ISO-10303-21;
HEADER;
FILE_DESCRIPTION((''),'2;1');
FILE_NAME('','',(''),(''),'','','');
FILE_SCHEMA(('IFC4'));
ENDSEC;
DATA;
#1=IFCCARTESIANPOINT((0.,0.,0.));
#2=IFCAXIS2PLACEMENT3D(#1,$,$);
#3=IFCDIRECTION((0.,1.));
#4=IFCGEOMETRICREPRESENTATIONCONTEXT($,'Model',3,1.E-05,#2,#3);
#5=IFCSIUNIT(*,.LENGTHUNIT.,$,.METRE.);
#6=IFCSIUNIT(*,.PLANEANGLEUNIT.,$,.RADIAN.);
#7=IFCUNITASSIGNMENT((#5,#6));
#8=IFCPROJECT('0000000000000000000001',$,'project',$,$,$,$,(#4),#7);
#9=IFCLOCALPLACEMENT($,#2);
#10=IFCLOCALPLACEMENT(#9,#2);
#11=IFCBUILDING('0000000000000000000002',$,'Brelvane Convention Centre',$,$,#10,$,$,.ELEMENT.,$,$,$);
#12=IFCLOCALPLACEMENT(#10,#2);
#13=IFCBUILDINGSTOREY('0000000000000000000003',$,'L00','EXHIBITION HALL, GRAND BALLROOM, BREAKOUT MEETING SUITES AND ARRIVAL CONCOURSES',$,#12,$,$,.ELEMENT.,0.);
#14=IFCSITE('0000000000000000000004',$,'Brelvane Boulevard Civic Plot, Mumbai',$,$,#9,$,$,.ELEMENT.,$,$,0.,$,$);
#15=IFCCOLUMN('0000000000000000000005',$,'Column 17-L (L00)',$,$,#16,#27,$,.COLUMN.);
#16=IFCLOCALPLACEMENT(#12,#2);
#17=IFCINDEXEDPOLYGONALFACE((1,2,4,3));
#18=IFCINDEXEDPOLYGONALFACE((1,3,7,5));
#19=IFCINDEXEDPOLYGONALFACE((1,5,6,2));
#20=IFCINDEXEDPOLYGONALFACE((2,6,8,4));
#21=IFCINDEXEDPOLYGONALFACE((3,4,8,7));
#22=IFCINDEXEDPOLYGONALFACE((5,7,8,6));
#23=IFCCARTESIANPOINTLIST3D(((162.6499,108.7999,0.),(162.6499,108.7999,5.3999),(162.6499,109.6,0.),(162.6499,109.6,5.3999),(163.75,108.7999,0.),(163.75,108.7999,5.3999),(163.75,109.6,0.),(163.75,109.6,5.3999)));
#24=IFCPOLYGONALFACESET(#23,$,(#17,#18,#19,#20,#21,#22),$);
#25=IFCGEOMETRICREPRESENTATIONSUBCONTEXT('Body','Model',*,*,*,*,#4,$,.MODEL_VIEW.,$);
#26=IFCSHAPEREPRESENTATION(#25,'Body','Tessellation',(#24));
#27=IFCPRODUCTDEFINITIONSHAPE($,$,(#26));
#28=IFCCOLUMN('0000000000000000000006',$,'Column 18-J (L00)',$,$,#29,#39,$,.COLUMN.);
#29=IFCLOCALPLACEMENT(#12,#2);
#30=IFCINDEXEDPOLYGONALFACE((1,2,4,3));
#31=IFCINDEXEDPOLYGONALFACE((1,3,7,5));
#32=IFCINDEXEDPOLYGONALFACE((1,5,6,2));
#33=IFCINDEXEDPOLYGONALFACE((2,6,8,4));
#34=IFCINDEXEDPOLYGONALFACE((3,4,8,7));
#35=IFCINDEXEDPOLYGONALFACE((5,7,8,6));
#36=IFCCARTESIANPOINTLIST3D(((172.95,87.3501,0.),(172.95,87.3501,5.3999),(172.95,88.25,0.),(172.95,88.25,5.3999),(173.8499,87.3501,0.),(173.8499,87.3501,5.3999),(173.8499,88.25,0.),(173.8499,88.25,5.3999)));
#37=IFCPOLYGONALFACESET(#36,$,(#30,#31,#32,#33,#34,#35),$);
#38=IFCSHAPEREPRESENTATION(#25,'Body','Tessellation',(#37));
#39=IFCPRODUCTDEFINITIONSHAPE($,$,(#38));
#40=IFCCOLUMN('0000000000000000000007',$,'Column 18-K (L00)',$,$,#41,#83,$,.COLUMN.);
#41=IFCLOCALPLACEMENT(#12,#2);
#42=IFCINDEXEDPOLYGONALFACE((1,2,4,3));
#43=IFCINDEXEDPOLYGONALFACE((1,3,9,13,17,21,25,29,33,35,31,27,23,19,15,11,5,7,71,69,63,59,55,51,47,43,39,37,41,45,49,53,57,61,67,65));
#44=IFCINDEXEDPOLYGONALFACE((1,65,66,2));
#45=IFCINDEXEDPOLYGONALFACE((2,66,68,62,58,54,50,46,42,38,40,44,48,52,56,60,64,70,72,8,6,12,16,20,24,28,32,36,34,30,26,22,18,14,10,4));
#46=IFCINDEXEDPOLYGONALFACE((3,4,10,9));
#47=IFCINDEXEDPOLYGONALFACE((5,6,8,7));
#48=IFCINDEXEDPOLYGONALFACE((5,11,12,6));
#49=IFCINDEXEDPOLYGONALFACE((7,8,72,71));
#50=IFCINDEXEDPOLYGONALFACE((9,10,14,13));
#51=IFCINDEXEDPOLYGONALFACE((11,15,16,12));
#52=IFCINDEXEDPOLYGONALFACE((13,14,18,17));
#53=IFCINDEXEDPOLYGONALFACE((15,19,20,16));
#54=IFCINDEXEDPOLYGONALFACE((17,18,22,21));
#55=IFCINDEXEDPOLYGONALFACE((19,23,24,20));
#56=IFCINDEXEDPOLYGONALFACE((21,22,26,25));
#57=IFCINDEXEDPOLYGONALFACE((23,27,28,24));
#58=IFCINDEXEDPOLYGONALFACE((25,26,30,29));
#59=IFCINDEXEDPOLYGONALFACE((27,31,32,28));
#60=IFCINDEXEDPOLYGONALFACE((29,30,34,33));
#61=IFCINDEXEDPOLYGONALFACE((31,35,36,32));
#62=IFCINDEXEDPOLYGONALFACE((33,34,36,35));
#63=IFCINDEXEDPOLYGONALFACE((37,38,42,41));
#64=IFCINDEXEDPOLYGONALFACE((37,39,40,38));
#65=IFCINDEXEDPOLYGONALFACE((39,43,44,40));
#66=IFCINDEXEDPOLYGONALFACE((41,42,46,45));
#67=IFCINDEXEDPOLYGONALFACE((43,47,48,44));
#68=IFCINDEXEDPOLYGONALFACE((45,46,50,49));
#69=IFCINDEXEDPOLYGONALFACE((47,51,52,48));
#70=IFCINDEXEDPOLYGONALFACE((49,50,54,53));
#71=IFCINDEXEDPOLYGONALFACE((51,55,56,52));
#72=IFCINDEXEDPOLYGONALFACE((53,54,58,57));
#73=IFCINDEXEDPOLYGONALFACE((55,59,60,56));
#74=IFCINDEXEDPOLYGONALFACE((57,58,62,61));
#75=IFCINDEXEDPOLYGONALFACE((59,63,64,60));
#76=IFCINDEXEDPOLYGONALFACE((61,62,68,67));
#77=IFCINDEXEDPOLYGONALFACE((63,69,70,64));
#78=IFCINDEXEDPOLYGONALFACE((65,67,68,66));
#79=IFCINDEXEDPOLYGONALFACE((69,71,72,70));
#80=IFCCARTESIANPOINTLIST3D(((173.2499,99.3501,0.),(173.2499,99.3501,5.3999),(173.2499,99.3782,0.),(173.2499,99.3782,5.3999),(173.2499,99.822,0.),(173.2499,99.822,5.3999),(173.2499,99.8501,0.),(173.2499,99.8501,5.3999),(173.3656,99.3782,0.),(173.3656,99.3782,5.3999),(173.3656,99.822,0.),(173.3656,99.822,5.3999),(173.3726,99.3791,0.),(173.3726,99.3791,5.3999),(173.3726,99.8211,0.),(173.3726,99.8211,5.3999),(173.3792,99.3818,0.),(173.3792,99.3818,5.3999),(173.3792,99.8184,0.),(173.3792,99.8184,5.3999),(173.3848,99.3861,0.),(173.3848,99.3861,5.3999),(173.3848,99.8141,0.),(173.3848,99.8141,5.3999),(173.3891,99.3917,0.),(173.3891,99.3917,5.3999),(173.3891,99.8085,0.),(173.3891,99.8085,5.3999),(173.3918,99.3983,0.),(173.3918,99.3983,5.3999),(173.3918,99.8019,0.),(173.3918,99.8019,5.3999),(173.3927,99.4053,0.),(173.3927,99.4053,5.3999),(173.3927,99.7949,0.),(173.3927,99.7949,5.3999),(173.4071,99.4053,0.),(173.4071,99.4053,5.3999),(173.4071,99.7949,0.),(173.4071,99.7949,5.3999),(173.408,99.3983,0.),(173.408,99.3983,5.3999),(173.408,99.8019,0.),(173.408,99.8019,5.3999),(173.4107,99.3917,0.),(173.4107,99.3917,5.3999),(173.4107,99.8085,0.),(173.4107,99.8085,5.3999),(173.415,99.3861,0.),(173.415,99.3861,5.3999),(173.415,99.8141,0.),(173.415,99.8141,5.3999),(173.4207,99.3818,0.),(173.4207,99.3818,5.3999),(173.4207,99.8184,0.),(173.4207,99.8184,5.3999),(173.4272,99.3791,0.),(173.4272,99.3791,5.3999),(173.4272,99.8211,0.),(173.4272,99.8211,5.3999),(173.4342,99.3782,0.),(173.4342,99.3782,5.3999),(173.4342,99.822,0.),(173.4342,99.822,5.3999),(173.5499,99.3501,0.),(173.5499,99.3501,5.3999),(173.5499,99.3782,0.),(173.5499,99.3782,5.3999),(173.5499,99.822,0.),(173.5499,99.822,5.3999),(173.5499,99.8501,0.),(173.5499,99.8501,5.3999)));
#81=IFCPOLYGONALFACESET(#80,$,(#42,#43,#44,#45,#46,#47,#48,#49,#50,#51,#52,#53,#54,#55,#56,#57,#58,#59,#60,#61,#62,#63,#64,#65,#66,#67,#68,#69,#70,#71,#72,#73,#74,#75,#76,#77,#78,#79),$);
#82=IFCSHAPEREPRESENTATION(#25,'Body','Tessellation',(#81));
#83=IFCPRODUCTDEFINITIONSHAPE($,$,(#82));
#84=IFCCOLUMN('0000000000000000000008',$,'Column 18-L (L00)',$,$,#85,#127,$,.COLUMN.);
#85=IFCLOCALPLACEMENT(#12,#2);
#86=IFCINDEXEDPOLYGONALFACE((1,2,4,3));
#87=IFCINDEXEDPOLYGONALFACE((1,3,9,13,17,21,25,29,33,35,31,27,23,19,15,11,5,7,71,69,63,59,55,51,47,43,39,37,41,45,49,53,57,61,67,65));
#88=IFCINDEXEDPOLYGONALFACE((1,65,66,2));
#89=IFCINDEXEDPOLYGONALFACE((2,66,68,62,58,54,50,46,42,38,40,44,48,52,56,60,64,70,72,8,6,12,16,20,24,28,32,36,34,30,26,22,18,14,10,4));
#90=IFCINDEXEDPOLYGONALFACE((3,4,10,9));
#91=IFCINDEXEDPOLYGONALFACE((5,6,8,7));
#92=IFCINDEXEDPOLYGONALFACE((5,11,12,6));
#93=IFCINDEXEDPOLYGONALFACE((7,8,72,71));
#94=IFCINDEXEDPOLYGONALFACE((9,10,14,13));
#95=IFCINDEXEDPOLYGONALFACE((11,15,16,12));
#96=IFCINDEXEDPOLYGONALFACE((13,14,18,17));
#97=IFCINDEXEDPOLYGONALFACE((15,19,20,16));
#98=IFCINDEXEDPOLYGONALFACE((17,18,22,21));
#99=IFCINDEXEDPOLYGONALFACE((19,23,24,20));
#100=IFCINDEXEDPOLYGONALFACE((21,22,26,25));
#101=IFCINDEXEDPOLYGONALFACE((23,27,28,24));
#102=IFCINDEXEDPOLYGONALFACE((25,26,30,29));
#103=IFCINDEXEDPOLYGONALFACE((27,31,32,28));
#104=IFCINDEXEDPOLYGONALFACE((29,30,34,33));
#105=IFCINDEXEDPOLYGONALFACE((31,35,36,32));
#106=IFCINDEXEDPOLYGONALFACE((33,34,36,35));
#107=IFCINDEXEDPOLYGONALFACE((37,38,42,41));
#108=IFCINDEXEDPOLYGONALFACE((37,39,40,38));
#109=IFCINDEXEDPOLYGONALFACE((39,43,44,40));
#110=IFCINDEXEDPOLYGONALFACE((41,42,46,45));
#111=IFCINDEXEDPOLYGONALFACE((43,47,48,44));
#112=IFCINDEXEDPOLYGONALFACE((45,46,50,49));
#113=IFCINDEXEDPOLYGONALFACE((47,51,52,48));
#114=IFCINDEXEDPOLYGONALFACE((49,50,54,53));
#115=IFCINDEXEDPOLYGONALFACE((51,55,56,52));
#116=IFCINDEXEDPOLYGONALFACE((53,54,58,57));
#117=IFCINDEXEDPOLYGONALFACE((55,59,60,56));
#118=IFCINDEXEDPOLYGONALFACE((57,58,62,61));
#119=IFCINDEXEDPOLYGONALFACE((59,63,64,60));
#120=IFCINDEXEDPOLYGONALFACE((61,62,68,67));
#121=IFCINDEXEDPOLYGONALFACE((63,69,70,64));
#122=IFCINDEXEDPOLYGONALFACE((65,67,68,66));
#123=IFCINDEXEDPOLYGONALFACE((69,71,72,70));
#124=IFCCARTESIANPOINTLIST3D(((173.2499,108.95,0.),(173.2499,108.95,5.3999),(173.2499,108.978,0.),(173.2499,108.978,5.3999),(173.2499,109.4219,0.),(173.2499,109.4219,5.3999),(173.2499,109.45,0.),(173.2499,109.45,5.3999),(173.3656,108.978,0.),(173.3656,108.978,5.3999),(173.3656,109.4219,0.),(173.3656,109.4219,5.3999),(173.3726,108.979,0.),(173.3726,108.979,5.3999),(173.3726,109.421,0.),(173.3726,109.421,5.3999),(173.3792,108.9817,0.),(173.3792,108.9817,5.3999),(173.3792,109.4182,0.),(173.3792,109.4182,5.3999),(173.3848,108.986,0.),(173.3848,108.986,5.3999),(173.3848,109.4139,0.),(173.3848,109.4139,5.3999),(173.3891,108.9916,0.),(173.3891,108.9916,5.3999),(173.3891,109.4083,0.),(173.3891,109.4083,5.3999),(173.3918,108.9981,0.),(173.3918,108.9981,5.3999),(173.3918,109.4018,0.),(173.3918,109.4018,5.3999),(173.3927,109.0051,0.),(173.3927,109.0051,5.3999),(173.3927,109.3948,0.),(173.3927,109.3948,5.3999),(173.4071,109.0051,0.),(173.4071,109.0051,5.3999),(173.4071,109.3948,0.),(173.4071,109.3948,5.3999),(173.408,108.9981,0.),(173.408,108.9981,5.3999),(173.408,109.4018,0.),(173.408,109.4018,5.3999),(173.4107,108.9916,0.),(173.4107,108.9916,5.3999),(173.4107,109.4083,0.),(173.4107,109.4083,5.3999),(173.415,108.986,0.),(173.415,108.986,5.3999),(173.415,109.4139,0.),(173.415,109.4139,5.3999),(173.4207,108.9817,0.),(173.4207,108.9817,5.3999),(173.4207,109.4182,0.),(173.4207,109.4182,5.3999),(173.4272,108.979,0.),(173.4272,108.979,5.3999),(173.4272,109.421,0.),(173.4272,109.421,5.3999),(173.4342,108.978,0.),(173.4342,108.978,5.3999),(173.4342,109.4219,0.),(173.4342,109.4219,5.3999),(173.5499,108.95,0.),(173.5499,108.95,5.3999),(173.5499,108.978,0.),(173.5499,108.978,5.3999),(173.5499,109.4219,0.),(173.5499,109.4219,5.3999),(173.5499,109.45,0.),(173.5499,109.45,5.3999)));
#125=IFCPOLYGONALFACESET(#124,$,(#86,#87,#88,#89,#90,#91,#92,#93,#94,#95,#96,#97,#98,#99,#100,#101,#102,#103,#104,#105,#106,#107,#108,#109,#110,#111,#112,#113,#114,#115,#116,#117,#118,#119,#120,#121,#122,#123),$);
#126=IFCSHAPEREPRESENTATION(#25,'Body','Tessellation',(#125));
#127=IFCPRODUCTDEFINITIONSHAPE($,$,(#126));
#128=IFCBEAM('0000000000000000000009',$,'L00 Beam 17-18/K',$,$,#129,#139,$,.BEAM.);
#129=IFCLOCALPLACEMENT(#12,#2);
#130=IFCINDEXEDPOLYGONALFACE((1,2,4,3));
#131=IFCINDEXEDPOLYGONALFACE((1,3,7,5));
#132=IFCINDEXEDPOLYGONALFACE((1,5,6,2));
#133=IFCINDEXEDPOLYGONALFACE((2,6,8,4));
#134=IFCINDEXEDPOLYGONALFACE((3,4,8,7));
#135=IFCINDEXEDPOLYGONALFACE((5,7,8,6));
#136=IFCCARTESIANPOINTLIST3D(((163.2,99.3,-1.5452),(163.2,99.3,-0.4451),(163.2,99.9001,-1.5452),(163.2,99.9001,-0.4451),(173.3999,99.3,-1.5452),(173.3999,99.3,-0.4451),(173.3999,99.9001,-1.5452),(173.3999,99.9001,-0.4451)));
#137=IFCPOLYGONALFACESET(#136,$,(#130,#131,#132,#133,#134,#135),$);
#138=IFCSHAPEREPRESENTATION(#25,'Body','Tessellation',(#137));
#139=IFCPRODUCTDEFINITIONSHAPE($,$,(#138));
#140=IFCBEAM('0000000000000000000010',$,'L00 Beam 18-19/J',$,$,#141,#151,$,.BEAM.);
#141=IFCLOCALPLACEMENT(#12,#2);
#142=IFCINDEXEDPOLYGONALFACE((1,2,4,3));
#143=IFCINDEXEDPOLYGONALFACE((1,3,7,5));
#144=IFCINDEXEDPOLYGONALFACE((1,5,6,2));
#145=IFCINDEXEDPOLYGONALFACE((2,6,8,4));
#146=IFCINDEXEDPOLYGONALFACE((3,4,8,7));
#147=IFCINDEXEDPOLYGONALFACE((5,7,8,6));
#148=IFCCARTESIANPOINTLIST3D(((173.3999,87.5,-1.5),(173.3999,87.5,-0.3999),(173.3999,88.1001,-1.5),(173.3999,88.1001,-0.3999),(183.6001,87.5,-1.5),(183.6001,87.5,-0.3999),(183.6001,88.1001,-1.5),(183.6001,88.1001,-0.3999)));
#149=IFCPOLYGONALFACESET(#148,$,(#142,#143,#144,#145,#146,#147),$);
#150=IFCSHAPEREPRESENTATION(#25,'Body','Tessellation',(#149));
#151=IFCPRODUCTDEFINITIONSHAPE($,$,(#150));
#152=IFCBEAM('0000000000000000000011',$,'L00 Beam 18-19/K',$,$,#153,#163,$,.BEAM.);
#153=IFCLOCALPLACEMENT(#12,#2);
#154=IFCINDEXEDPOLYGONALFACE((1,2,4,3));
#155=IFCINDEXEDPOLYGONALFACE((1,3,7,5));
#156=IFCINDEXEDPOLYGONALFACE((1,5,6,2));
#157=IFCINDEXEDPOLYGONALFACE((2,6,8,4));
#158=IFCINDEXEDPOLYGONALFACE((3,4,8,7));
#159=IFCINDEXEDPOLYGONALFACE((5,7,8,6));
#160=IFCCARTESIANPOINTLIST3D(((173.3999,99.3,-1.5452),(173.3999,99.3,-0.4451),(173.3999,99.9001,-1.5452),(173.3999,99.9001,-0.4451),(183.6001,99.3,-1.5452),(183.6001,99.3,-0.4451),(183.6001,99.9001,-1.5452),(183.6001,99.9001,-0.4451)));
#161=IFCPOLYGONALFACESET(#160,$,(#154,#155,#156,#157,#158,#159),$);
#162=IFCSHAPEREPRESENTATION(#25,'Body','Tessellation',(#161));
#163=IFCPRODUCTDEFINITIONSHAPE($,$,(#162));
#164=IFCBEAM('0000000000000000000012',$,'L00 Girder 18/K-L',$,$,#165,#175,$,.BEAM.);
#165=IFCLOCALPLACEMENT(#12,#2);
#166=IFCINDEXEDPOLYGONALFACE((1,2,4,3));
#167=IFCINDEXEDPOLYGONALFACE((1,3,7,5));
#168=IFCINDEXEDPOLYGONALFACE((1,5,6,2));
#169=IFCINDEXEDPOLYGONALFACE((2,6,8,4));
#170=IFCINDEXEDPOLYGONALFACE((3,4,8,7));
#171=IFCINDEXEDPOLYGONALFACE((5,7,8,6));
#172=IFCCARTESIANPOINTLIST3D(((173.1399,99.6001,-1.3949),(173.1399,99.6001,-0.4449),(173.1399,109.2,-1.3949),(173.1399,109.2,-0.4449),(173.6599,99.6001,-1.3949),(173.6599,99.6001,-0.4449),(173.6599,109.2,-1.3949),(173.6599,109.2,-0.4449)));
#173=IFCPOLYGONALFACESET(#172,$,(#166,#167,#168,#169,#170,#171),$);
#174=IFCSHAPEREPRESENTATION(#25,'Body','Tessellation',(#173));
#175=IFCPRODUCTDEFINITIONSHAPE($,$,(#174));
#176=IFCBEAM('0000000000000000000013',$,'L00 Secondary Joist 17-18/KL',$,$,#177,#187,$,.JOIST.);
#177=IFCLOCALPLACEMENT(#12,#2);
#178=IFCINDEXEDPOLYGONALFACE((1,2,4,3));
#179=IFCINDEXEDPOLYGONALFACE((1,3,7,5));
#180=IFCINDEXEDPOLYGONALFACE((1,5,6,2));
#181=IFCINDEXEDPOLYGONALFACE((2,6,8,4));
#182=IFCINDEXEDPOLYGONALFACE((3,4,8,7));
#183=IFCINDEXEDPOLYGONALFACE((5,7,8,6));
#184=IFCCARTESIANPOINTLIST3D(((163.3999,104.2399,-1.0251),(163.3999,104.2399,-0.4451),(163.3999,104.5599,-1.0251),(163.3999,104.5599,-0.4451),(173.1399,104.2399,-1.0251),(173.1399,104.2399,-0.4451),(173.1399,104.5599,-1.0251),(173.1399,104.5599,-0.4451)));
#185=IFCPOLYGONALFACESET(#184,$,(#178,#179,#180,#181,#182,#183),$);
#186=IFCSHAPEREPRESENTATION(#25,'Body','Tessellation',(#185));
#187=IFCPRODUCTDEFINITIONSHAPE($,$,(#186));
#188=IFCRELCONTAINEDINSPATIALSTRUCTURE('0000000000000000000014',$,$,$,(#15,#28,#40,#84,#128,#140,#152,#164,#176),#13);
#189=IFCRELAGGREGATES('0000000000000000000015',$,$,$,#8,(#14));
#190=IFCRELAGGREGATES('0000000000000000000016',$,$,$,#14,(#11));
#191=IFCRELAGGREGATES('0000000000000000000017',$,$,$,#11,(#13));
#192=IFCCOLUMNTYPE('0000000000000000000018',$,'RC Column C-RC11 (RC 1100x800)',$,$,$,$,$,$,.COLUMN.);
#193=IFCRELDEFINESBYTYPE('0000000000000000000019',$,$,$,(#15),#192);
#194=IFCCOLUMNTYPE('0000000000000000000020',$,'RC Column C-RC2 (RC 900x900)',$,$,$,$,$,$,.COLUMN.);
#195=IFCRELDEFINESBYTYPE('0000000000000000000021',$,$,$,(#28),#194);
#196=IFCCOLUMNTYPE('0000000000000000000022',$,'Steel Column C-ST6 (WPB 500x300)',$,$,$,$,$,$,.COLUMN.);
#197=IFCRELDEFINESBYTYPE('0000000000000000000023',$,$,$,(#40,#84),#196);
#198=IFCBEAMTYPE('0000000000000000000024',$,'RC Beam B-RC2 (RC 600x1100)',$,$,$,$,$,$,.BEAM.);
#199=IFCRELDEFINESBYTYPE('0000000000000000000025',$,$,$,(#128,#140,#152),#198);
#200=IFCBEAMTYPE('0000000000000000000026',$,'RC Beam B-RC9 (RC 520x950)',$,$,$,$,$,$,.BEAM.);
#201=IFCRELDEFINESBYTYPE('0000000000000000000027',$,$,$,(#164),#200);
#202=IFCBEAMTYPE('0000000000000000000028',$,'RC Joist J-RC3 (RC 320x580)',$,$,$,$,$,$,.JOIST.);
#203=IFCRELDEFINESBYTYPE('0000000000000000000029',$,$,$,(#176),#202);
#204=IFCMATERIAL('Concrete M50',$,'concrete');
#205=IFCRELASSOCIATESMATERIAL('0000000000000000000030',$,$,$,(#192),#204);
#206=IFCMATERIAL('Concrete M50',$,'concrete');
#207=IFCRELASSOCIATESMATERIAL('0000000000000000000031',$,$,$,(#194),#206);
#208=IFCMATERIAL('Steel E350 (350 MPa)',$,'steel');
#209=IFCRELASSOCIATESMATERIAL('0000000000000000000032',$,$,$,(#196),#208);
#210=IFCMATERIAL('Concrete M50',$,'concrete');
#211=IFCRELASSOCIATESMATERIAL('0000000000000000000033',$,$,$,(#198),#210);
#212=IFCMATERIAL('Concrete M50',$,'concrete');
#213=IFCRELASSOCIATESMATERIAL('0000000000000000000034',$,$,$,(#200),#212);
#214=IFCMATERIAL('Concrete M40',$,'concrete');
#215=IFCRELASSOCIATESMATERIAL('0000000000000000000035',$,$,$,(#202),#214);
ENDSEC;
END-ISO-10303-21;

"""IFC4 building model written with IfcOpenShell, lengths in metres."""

from ifc_helpers import new_model, si_unit, direction, frame, origin, origin_2d, place, context, subcontext, project, spatial, rectangle, i_section, extrude, material, material_profile, profile_set, type_object, element, save


model = new_model("IFC4")

# Units and contexts
model_context = context("Model", 3, precision=1e-05, world=origin(), true_north=direction((0.0, 1.0)))
body_context = subcontext(model_context, "Body", "Model", "MODEL_VIEW")
ifc_project = project(units=[si_unit("LENGTHUNIT", "METRE"), si_unit("PLANEANGLEUNIT", "RADIAN")], contexts=[model_context])

# Site, building, storey
site_placement = place(None, origin())
site = spatial("IfcSite", under=ifc_project, at=site_placement, Name="Brelvane Boulevard Civic Plot, Mumbai", CompositionType="ELEMENT", RefElevation=0.0)
building_placement = place(site_placement, origin())
building = spatial("IfcBuilding", under=site, at=building_placement, Name="Brelvane Convention Centre", CompositionType="ELEMENT")
storey_placement = place(building_placement, origin())
storey = spatial("IfcBuildingStorey", under=building, at=storey_placement, Name="L00", Description="EXHIBITION HALL, GRAND BALLROOM, BREAKOUT MEETING SUITES AND ARRIVAL CONCOURSES", CompositionType="ELEMENT", Elevation=0.0)

# Columns
ifc_material_1 = material(Name="Concrete M50", Category="concrete")
ifc_material_profile_1 = material_profile(ifc_material_1, rectangle(XDim=1.1001, YDim=0.8, at=origin_2d()), Name="RC 1100x800")
ifc_profile_set_1 = profile_set([ifc_material_profile_1], Name="Concrete M50")
column_type_1 = type_object("IfcColumnType", Name="RC Column C-RC11 (RC 1100x800)", PredefinedType="COLUMN", material=ifc_profile_set_1)
column_1_placement = place(storey_placement, frame((163.2, 109.2, 0.0), z_axis=(0.0, 0.0, 1.0), x_axis=(1.0, 0.0, 0.0)))
element("IfcColumn", 1, at=column_1_placement, inside=storey, type_object=column_type_1, Name="Column 17-L (L00)", PredefinedType="COLUMN", context=body_context, shape_type="SweptSolid", body=[
    extrude(rectangle(XDim=1.1001, YDim=0.8, at=origin_2d()), origin(), (0.0, 0.0, 1.0), 5.3999),
])
ifc_material_2 = material(Name="Concrete M50", Category="concrete")
ifc_material_profile_2 = material_profile(ifc_material_2, rectangle(XDim=0.8999, YDim=0.8999, at=origin_2d()), Name="RC 900x900")
ifc_profile_set_2 = profile_set([ifc_material_profile_2], Name="Concrete M50")
column_type_2 = type_object("IfcColumnType", Name="RC Column C-RC2 (RC 900x900)", PredefinedType="COLUMN", material=ifc_profile_set_2)
column_2_placement = place(storey_placement, frame((173.3999, 87.8, 0.0), z_axis=(0.0, 0.0, 1.0), x_axis=(1.0, 0.0, 0.0)))
element("IfcColumn", 2, at=column_2_placement, inside=storey, type_object=column_type_2, Name="Column 18-J (L00)", PredefinedType="COLUMN", context=body_context, shape_type="SweptSolid", body=[
    extrude(rectangle(XDim=0.8999, YDim=0.8999, at=origin_2d()), origin(), (0.0, 0.0, 1.0), 5.3999),
])
ifc_material_3 = material(Name="Steel E350 (350 MPa)", Category="steel")
ifc_material_profile_3 = material_profile(ifc_material_3, i_section(OverallWidth=0.3, OverallDepth=0.5, WebThickness=0.0144, FlangeThickness=0.0281, FilletRadius=0.0271, at=origin_2d()), Name="WPB 500x300")
ifc_profile_set_3 = profile_set([ifc_material_profile_3], Name="Steel E350 (350 MPa)")
column_type_3 = type_object("IfcColumnType", Name="Steel Column C-ST6 (WPB 500x300)", PredefinedType="COLUMN", material=ifc_profile_set_3)
for number, where, z_axis, x_axis, name in (
    (3, (173.3999, 99.6001, 0.0), (0.0, 0.0, 1.0), (1.0, 0.0, 0.0), "Column 18-K (L00)"),
    (4, (173.3999, 109.2, 0.0), (0.0, 0.0, 1.0), (1.0, 0.0, 0.0), "Column 18-L (L00)"),
):
    element("IfcColumn", number, at=place(storey_placement, frame(where, z_axis=z_axis, x_axis=x_axis)), inside=storey, type_object=column_type_3, Name=name, PredefinedType="COLUMN", context=body_context, shape_type="SweptSolid", body=[
        extrude(i_section(OverallWidth=0.3, OverallDepth=0.5, WebThickness=0.0144, FlangeThickness=0.0281, FilletRadius=0.0271, at=origin_2d()), origin(), (0.0, 0.0, 1.0), 5.3999),
    ])

# Beams
ifc_material_4 = material(Name="Concrete M50", Category="concrete")
ifc_material_profile_4 = material_profile(ifc_material_4, rectangle(XDim=0.6001, YDim=1.1001, at=origin_2d()), Name="RC 600x1100")
ifc_profile_set_4 = profile_set([ifc_material_profile_4], Name="Concrete M50")
beam_type_1 = type_object("IfcBeamType", Name="RC Beam B-RC2 (RC 600x1100)", PredefinedType="BEAM", material=ifc_profile_set_4)
beam_1_placement = place(storey_placement, frame((163.2, 99.6001, -0.9951), z_axis=(1.0, 0.0, 0.0), x_axis=(0.0, 1.0, 0.0)))
element("IfcBeam", 5, at=beam_1_placement, inside=storey, type_object=beam_type_1, Name="L00 Beam 17-18/K", PredefinedType="BEAM", context=body_context, shape_type="SweptSolid", body=[
    extrude(rectangle(XDim=0.6001, YDim=1.1001, at=origin_2d()), origin(), (0.0, 0.0, 1.0), 10.2),
])
for number, where, z_axis, x_axis, name in (
    (6, (173.3999, 87.8, -0.95), (1.0, 0.0, 0.0), (0.0, 1.0, 0.0), "L00 Beam 18-19/J"),
    (7, (173.3999, 99.6001, -0.9951), (1.0, 0.0, 0.0), (0.0, 1.0, 0.0), "L00 Beam 18-19/K"),
):
    element("IfcBeam", number, at=place(storey_placement, frame(where, z_axis=z_axis, x_axis=x_axis)), inside=storey, type_object=beam_type_1, Name=name, PredefinedType="BEAM", context=body_context, shape_type="SweptSolid", body=[
        extrude(rectangle(XDim=0.6001, YDim=1.1001, at=origin_2d()), origin(), (0.0, 0.0, 1.0), 10.2002),
    ])
ifc_material_5 = material(Name="Concrete M50", Category="concrete")
ifc_material_profile_5 = material_profile(ifc_material_5, rectangle(XDim=0.52, YDim=0.95, at=origin_2d()), Name="RC 520x950")
ifc_profile_set_5 = profile_set([ifc_material_profile_5], Name="Concrete M50")
beam_type_2 = type_object("IfcBeamType", Name="RC Beam B-RC9 (RC 520x950)", PredefinedType="BEAM", material=ifc_profile_set_5)
beam_2_placement = place(storey_placement, frame((173.3999, 99.6001, -0.9199), z_axis=(0.0, 1.0, 0.0), x_axis=(-1.0, 0.0, 0.0)))
element("IfcBeam", 8, at=beam_2_placement, inside=storey, type_object=beam_type_2, Name="L00 Girder 18/K-L", PredefinedType="BEAM", context=body_context, shape_type="SweptSolid", body=[
    extrude(rectangle(XDim=0.52, YDim=0.95, at=origin_2d()), origin(), (0.0, 0.0, 1.0), 9.5999),
])
ifc_material_6 = material(Name="Concrete M40", Category="concrete")
ifc_material_profile_6 = material_profile(ifc_material_6, rectangle(XDim=0.3201, YDim=0.5801, at=origin_2d()), Name="RC 320x580")
ifc_profile_set_6 = profile_set([ifc_material_profile_6], Name="Concrete M40")
beam_type_3 = type_object("IfcBeamType", Name="RC Joist J-RC3 (RC 320x580)", PredefinedType="JOIST", material=ifc_profile_set_6)
beam_3_placement = place(storey_placement, frame((163.3999, 104.3999, -0.7351), z_axis=(1.0, 0.0, 0.0), x_axis=(0.0, 1.0, 0.0)))
element("IfcBeam", 9, at=beam_3_placement, inside=storey, type_object=beam_type_3, Name="L00 Secondary Joist 17-18/KL", PredefinedType="JOIST", context=body_context, shape_type="SweptSolid", body=[
    extrude(rectangle(XDim=0.3201, YDim=0.5801, at=origin_2d()), origin(), (0.0, 0.0, 1.0), 9.74),
])

save(model, "model.ifc")
